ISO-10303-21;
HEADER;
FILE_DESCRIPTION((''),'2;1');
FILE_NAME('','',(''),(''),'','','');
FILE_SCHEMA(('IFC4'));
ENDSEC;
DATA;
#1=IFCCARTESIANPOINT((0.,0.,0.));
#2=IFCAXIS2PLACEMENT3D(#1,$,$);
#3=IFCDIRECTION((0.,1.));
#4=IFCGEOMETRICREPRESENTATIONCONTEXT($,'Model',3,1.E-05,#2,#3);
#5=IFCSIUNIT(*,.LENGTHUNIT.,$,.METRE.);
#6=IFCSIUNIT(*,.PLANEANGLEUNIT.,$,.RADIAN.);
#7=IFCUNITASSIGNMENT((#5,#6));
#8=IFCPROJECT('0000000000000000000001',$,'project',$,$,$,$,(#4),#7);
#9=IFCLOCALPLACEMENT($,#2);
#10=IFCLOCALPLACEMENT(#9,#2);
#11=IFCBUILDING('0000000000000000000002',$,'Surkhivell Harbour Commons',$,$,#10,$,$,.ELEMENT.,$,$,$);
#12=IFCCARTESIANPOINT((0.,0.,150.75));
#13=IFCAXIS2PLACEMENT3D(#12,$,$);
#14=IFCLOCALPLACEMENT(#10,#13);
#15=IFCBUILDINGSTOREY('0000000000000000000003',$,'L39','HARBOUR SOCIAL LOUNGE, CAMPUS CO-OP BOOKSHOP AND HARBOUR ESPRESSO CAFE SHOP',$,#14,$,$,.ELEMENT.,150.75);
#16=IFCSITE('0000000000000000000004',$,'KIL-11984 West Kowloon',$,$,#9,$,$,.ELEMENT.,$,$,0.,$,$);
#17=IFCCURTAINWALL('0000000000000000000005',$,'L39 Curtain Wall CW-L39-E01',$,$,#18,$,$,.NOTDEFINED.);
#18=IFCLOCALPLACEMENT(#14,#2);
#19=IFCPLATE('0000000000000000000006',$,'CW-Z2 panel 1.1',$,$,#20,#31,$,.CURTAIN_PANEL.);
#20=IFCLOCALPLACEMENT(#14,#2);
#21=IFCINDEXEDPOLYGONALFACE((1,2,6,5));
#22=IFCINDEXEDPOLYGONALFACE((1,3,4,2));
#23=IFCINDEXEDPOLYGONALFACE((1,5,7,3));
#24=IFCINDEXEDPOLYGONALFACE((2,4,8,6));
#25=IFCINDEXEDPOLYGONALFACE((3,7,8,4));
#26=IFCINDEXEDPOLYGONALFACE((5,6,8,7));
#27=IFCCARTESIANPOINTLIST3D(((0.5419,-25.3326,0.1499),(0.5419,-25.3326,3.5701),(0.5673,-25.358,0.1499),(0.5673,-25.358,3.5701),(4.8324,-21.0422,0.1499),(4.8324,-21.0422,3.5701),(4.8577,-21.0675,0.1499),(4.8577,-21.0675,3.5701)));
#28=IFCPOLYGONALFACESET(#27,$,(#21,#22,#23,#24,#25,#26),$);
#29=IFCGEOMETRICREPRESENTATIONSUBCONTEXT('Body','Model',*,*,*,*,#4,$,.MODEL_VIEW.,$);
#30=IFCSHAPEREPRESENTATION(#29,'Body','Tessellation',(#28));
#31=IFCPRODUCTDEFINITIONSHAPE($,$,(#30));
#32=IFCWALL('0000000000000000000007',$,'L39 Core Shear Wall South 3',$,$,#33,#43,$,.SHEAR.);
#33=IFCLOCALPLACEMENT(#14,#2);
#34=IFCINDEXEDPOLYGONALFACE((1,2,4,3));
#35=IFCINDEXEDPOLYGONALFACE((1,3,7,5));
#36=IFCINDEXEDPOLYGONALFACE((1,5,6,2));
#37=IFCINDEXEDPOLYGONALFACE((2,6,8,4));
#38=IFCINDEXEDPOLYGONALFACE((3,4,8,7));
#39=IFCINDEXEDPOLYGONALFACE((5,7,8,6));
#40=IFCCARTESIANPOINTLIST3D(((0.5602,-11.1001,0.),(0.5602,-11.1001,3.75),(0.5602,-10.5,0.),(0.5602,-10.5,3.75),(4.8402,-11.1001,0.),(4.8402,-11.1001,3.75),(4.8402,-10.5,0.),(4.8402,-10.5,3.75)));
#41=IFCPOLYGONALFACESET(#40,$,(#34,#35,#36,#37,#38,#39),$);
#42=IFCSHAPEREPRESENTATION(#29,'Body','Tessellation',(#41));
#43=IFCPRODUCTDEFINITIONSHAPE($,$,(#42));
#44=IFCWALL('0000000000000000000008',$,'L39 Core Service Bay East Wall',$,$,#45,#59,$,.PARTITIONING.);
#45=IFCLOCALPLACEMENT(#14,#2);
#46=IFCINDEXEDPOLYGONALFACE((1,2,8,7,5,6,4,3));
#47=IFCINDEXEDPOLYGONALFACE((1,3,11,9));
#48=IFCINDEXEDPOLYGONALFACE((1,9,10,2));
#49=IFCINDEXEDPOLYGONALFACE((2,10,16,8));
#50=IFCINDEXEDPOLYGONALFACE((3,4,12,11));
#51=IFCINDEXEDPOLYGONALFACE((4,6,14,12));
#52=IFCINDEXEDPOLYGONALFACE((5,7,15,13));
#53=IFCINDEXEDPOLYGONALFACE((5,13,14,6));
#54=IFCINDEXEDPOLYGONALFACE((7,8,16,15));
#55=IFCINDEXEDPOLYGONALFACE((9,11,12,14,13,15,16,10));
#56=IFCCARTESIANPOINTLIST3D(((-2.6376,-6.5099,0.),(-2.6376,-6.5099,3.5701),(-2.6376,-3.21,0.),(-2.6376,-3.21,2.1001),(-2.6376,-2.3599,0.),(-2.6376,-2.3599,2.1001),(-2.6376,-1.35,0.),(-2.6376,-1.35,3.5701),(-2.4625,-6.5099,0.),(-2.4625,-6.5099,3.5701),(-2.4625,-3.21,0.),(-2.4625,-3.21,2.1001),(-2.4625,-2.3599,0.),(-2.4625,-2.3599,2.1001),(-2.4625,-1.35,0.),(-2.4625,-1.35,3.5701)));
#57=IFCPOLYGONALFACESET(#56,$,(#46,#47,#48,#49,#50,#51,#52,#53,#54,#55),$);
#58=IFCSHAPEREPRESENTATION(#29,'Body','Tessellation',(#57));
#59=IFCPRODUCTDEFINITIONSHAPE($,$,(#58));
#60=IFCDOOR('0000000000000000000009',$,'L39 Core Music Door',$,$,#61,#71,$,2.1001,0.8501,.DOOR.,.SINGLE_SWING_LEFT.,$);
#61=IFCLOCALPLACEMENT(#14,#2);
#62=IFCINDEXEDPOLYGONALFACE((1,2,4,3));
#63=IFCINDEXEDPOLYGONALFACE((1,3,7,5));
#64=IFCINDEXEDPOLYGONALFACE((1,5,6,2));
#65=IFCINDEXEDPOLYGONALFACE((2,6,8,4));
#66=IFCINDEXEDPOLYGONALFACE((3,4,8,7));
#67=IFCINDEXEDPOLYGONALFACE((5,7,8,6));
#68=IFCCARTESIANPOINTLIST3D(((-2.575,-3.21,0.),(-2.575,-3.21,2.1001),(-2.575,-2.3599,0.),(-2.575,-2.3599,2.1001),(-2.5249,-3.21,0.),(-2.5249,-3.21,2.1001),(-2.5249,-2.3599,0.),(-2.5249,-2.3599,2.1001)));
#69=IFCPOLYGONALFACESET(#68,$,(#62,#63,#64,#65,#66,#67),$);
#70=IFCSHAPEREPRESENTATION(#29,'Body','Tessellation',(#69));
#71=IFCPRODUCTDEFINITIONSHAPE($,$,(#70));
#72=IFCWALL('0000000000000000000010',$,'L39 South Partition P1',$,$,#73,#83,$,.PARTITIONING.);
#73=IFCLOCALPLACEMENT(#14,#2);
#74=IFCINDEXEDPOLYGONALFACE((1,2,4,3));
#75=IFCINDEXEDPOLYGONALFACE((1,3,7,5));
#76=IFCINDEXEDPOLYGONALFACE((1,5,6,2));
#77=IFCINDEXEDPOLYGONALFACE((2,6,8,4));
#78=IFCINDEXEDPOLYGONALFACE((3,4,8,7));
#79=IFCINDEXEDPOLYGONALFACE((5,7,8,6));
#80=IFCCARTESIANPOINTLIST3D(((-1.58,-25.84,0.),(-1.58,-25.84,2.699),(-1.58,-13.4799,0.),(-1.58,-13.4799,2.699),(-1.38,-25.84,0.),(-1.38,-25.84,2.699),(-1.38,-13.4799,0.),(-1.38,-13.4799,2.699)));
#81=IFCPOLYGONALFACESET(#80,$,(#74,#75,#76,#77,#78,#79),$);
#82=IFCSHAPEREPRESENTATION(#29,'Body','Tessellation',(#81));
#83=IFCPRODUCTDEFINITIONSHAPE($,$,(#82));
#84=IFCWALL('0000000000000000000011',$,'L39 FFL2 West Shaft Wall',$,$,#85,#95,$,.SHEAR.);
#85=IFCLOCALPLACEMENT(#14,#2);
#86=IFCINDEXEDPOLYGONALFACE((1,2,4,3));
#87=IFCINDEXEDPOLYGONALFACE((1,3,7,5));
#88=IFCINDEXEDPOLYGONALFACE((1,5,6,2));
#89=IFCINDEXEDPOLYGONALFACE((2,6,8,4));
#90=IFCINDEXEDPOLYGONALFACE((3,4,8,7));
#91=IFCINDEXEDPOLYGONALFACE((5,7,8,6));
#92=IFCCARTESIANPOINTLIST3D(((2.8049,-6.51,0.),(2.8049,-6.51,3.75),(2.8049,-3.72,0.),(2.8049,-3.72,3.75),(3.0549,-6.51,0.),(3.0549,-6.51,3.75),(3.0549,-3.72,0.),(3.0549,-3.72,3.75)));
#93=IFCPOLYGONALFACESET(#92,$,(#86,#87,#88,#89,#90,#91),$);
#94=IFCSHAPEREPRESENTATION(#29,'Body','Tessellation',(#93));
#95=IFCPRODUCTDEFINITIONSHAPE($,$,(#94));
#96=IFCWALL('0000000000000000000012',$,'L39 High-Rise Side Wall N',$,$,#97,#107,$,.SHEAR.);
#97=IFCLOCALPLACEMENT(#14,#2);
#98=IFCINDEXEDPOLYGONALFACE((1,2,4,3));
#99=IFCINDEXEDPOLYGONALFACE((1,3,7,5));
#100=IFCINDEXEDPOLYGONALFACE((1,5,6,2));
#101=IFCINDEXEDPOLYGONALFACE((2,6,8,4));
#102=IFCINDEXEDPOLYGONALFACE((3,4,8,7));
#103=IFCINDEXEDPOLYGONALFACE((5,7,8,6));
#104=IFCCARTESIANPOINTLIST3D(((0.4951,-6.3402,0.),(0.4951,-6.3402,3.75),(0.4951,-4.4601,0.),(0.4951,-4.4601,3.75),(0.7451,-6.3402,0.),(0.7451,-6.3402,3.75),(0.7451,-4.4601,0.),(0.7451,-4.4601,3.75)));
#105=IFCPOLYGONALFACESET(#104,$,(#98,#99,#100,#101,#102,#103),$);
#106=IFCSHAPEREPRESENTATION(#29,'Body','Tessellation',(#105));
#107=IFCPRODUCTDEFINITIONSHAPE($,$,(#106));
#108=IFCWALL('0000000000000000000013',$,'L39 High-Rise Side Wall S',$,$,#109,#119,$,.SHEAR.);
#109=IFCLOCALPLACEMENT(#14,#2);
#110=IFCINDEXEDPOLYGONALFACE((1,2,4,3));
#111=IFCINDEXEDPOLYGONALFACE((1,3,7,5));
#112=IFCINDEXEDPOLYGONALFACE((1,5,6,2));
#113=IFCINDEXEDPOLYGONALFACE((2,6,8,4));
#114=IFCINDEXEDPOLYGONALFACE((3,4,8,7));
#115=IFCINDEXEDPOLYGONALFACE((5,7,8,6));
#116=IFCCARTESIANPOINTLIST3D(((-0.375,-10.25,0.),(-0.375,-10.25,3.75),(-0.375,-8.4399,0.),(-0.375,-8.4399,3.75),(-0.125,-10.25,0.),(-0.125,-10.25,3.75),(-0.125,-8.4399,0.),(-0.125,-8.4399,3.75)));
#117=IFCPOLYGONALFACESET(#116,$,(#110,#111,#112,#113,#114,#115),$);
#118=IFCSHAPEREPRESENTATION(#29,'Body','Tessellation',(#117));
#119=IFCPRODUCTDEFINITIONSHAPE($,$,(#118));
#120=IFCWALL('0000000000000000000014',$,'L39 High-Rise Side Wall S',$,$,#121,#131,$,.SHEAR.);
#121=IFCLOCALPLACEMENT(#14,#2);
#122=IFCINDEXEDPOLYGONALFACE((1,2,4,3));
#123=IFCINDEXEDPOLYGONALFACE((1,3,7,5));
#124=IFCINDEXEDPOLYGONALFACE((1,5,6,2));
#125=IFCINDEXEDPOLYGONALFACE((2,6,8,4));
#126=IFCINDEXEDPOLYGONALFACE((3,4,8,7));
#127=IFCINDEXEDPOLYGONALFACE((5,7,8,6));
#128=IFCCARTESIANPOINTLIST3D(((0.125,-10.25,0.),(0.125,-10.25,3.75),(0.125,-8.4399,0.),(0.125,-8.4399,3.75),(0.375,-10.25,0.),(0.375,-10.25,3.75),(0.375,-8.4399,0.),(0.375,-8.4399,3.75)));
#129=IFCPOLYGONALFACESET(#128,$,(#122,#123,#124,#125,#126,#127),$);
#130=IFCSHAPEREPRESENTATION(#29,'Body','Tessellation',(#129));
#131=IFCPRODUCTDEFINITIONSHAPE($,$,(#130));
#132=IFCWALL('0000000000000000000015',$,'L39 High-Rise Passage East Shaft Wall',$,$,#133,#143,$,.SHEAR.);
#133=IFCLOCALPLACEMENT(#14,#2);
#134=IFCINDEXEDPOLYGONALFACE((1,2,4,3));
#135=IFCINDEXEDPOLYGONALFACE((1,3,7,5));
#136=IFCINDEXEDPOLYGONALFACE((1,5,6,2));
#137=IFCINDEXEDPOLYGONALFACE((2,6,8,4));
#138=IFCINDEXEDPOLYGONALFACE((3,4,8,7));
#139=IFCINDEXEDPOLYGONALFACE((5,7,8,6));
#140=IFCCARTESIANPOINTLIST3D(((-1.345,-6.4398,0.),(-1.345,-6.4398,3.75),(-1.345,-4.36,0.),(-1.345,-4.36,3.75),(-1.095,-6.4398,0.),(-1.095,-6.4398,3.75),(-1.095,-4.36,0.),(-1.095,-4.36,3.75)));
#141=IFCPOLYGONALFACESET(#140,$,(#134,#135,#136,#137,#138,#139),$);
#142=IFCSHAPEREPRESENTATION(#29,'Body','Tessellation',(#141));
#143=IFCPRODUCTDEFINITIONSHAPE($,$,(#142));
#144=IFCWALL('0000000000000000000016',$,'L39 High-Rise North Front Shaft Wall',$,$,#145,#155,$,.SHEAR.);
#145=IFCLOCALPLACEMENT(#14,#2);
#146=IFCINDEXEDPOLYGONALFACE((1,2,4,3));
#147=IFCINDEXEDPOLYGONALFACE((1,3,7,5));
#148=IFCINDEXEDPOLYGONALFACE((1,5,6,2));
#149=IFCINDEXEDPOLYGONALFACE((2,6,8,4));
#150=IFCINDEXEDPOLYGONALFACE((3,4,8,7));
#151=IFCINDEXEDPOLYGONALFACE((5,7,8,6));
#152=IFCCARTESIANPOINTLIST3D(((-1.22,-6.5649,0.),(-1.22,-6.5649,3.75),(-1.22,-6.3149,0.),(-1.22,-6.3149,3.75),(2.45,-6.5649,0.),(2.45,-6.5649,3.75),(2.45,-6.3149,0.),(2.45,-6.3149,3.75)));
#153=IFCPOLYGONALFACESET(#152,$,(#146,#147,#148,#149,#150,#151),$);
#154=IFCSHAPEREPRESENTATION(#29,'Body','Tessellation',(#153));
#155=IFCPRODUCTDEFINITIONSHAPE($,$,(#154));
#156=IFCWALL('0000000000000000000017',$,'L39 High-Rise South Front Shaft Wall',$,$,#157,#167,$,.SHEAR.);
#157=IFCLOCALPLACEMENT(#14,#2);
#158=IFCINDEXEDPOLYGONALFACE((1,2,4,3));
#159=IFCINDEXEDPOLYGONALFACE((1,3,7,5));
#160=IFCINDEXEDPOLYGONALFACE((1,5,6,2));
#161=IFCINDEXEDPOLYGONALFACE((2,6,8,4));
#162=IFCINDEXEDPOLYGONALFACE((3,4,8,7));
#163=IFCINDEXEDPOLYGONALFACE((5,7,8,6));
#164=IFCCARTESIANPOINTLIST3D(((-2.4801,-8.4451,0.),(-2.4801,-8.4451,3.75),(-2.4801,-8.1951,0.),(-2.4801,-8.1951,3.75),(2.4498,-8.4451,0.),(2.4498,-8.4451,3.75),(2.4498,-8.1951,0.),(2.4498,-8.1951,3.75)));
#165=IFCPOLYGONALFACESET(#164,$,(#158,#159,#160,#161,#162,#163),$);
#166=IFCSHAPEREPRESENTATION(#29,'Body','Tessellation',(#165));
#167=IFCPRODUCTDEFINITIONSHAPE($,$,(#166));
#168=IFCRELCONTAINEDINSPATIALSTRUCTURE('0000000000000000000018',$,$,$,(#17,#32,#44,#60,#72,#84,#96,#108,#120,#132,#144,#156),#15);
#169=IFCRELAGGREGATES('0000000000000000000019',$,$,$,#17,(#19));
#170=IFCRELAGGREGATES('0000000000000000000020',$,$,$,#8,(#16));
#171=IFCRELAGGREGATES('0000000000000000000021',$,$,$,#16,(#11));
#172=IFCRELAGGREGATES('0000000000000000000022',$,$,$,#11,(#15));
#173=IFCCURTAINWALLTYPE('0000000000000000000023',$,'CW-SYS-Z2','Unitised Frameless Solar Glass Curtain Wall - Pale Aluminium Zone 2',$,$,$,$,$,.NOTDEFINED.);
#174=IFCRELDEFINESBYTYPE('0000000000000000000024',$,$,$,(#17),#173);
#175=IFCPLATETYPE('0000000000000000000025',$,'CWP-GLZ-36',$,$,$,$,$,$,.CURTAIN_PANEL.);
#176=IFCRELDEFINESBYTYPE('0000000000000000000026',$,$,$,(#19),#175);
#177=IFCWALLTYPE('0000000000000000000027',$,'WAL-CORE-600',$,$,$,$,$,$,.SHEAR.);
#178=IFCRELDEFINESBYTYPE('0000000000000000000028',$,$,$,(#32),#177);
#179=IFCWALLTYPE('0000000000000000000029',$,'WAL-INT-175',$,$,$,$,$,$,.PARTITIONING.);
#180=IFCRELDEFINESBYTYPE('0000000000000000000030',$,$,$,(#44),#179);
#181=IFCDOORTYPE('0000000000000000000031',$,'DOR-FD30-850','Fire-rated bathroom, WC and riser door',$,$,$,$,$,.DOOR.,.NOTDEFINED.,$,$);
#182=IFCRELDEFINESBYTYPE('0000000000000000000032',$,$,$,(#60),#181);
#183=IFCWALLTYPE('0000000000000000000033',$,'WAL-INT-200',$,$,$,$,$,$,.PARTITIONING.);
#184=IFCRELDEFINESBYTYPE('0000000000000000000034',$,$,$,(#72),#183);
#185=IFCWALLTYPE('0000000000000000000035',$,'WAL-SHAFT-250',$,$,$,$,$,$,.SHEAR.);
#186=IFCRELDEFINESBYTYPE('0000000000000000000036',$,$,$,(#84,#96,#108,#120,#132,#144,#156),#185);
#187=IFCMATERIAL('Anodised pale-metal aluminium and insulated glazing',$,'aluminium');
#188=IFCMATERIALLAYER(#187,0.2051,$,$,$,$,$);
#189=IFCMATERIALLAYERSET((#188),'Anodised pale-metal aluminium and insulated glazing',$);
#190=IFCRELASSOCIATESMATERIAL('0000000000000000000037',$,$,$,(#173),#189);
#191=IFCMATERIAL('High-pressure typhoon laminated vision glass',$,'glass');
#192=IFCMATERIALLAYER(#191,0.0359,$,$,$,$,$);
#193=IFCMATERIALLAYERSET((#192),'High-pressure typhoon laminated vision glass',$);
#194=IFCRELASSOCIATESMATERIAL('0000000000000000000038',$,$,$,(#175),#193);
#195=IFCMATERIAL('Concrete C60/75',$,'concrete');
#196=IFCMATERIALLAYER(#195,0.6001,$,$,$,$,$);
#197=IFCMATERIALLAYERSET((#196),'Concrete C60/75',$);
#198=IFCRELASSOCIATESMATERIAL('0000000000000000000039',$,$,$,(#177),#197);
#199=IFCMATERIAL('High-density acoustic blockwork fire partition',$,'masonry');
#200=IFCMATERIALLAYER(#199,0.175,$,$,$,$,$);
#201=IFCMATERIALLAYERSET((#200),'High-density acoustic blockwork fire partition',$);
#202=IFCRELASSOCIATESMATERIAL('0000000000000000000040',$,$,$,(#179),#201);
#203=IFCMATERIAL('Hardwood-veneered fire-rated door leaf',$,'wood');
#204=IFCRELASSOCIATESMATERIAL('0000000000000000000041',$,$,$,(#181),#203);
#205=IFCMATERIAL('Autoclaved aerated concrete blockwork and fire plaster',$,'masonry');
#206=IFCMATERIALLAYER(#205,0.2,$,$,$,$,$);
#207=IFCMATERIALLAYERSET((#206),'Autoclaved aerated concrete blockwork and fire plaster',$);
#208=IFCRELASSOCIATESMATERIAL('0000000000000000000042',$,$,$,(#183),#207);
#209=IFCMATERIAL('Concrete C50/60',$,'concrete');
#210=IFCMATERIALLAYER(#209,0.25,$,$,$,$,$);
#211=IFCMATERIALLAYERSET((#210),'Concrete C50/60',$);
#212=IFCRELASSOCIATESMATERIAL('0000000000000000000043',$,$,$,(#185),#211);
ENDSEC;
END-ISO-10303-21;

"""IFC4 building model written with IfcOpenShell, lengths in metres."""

from ifc_helpers import new_model, si_unit, direction, frame, frame_2d, origin, place, context, subcontext, project, spatial, rectangle, extrude, material, layer, layer_set, type_object, element, fill, aggregate, save


model = new_model("IFC4")

# Units and contexts
model_context = context("Model", 3, precision=1e-05, world=origin(), true_north=direction((0.0, 1.0)))
body_context = subcontext(model_context, "Body", "Model", "MODEL_VIEW")
ifc_project = project(units=[si_unit("LENGTHUNIT", "METRE"), si_unit("PLANEANGLEUNIT", "RADIAN")], contexts=[model_context])

# Site, building, storey
site_placement = place(None, origin())
site = spatial("IfcSite", under=ifc_project, at=site_placement, Name="KIL-11984 West Kowloon", CompositionType="ELEMENT", RefElevation=0.0)
building_placement = place(site_placement, origin())
building = spatial("IfcBuilding", under=site, at=building_placement, Name="Surkhivell Harbour Commons", CompositionType="ELEMENT")
storey_placement = place(building_placement, frame((0.0, 0.0, 150.75)))
storey = spatial("IfcBuildingStorey", under=building, at=storey_placement, Name="L39", Description="HARBOUR SOCIAL LOUNGE, CAMPUS CO-OP BOOKSHOP AND HARBOUR ESPRESSO CAFE SHOP", CompositionType="ELEMENT", Elevation=150.75)

# Shared definitions
ifc_material_1 = material(Name="Concrete C60/75", Category="concrete")

# Shared definitions
ifc_material_2 = material(Name="Anodised pale-metal aluminium and insulated glazing", Category="aluminium")
ifc_layer_1 = layer(ifc_material_2, 0.2051)
ifc_layer_set_1 = layer_set([ifc_layer_1], Name="Anodised pale-metal aluminium and insulated glazing")
curtain_wall_type = type_object("IfcCurtainWallType", Name="CW-SYS-Z2", Description="Unitised Frameless Solar Glass Curtain Wall - Pale Aluminium Zone 2", PredefinedType="NOTDEFINED", material=ifc_layer_set_1)

# Curtain wall, plate
curtain_wall_1_placement = place(storey_placement, origin())
curtain_wall_1 = element("IfcCurtainWall", 1, at=curtain_wall_1_placement, inside=storey, type_object=curtain_wall_type, Name="L39 Curtain Wall CW-L39-E01", PredefinedType="NOTDEFINED")
ifc_material_3 = material(Name="High-pressure typhoon laminated vision glass", Category="glass")
ifc_layer_2 = layer(ifc_material_3, 0.0359)
ifc_layer_set_2 = layer_set([ifc_layer_2], Name="High-pressure typhoon laminated vision glass")
plate_type = type_object("IfcPlateType", Name="CWP-GLZ-36", PredefinedType="CURTAIN_PANEL", material=ifc_layer_set_2)
plate_placement = place(storey_placement, frame((0.5547, -25.3452, 0.1499), z_axis=(0.0, 0.0, 1.0), x_axis=(0.707107, 0.707107, 0.0)))
plate = element("IfcPlate", 2, at=plate_placement, type_object=plate_type, Name="CW-Z2 panel 1.1", PredefinedType="CURTAIN_PANEL", context=body_context, shape_type="SweptSolid", body=[
    extrude(rectangle(XDim=6.0676, YDim=0.0359, at=frame_2d((3.0337, 0.0))), origin(), (0.0, 0.0, 1.0), 3.4202),
])
aggregate(curtain_wall_1, [plate])

# Wall
ifc_layer_3 = layer(ifc_material_1, 0.6001)
ifc_layer_set_3 = layer_set([ifc_layer_3], Name="Concrete C60/75")
wall_type_1 = type_object("IfcWallType", Name="WAL-CORE-600", PredefinedType="SHEAR", material=ifc_layer_set_3)
wall_1_placement = place(storey_placement, frame((0.5601, -10.8, 0.0), z_axis=(0.0, 0.0, 1.0), x_axis=(1.0, 0.0, 0.0)))
element("IfcWall", 3, at=wall_1_placement, inside=storey, type_object=wall_type_1, Name="L39 Core Shear Wall South 3", PredefinedType="SHEAR", context=body_context, shape_type="SweptSolid", body=[
    extrude(rectangle(XDim=4.28, YDim=0.6001, at=frame_2d((2.1401, 0.0))), origin(), (0.0, 0.0, 1.0), 3.75),
])

# Wall, opening, door
ifc_material_4 = material(Name="High-density acoustic blockwork fire partition", Category="masonry")
ifc_layer_4 = layer(ifc_material_4, 0.175)
ifc_layer_set_4 = layer_set([ifc_layer_4], Name="High-density acoustic blockwork fire partition")
wall_type_2 = type_object("IfcWallType", Name="WAL-INT-175", PredefinedType="PARTITIONING", material=ifc_layer_set_4)
wall_2_placement = place(storey_placement, frame((-2.55, -6.51, 0.0), z_axis=(0.0, 0.0, 1.0), x_axis=(0.0, 1.0, 0.0)))
wall_2 = element("IfcWall", 4, at=wall_2_placement, inside=storey, type_object=wall_type_2, Name="L39 Core Service Bay East Wall", PredefinedType="PARTITIONING", context=body_context, shape_type="SweptSolid", body=[
    extrude(rectangle(XDim=5.1599, YDim=0.175, at=frame_2d((2.5801, 0.0))), origin(), (0.0, 0.0, 1.0), 3.5701),
])
opening_1_placement = place(wall_2_placement, frame((3.3, 0.0, 0.0)))
opening_1 = element("IfcOpeningElement", 5, at=opening_1_placement, cuts=wall_2, PredefinedType="OPENING", context=body_context, shape_type="SweptSolid", body=[
    extrude(rectangle(XDim=0.8501, YDim=2.1001, at=frame_2d((0.425, 1.05))), frame((0.0, 0.0974, 0.0), z_axis=(0.0, -1.0, 0.0), x_axis=(1.0, 0.0, 0.0)), (0.0, 0.0, 1.0), 0.1951),
])
ifc_material_5 = material(Name="Hardwood-veneered fire-rated door leaf", Category="wood")
door_type_1 = type_object("IfcDoorType", Name="DOR-FD30-850", Description="Fire-rated bathroom, WC and riser door", OperationType="NOTDEFINED", PredefinedType="DOOR", material=ifc_material_5)
door_1_placement = place(opening_1_placement, origin())
door_1 = element("IfcDoor", 6, at=door_1_placement, inside=storey, type_object=door_type_1, Name="L39 Core Music Door", OperationType="SINGLE_SWING_LEFT", OverallHeight=2.1001, OverallWidth=0.8501, PredefinedType="DOOR", context=body_context, shape_type="SweptSolid", body=[
    extrude(rectangle(XDim=0.8501, YDim=2.1001, at=frame_2d((0.425, 1.05))), frame((0.0, 0.0249, 0.0), z_axis=(0.0, -1.0, 0.0), x_axis=(1.0, 0.0, 0.0)), (0.0, 0.0, 1.0), 0.05),
])
fill(opening_1, door_1)

# Walls
ifc_material_6 = material(Name="Autoclaved aerated concrete blockwork and fire plaster", Category="masonry")
ifc_layer_5 = layer(ifc_material_6, 0.2)
ifc_layer_set_5 = layer_set([ifc_layer_5], Name="Autoclaved aerated concrete blockwork and fire plaster")
wall_type_3 = type_object("IfcWallType", Name="WAL-INT-200", PredefinedType="PARTITIONING", material=ifc_layer_set_5)
wall_3_placement = place(storey_placement, frame((-1.48, -25.8401, 0.0), z_axis=(0.0, 0.0, 1.0), x_axis=(0.0, 1.0, 0.0)))
element("IfcWall", 7, at=wall_3_placement, inside=storey, type_object=wall_type_3, Name="L39 South Partition P1", PredefinedType="PARTITIONING", context=body_context, shape_type="SweptSolid", body=[
    extrude(rectangle(XDim=12.3601, YDim=0.2, at=frame_2d((6.1802, 0.0))), origin(), (0.0, 0.0, 1.0), 2.699),
])
ifc_material_7 = material(Name="Concrete C50/60", Category="concrete")
ifc_layer_6 = layer(ifc_material_7, 0.25)
ifc_layer_set_6 = layer_set([ifc_layer_6], Name="Concrete C50/60")
wall_type_4 = type_object("IfcWallType", Name="WAL-SHAFT-250", PredefinedType="SHEAR", material=ifc_layer_set_6)
wall_4_placement = place(storey_placement, frame((2.9299, -6.51, 0.0), z_axis=(0.0, 0.0, 1.0), x_axis=(0.0, 1.0, 0.0)))
element("IfcWall", 8, at=wall_4_placement, inside=storey, type_object=wall_type_4, Name="L39 FFL2 West Shaft Wall", PredefinedType="SHEAR", context=body_context, shape_type="SweptSolid", body=[
    extrude(rectangle(XDim=2.79, YDim=0.25, at=frame_2d((1.395, 0.0))), origin(), (0.0, 0.0, 1.0), 3.75),
])
wall_5_placement = place(storey_placement, frame((0.6201, -6.3401, 0.0), z_axis=(0.0, 0.0, 1.0), x_axis=(0.0, 1.0, 0.0)))
element("IfcWall", 9, at=wall_5_placement, inside=storey, type_object=wall_type_4, Name="L39 High-Rise Side Wall N", PredefinedType="SHEAR", context=body_context, shape_type="SweptSolid", body=[
    extrude(rectangle(XDim=1.8801, YDim=0.25, at=frame_2d((0.9399, 0.0))), origin(), (0.0, 0.0, 1.0), 3.75),
])
for number, where, z_axis, x_axis, name in (
    (10, (-0.25, -10.25, 0.0), (0.0, 0.0, 1.0), (0.0, 1.0, 0.0), "L39 High-Rise Side Wall S"),
    (11, (0.25, -10.25, 0.0), (0.0, 0.0, 1.0), (0.0, 1.0, 0.0), "L39 High-Rise Side Wall S"),
):
    element("IfcWall", number, at=place(storey_placement, frame(where, z_axis=z_axis, x_axis=x_axis)), inside=storey, type_object=wall_type_4, Name=name, PredefinedType="SHEAR", context=body_context, shape_type="SweptSolid", body=[
        extrude(rectangle(XDim=1.8101, YDim=0.25, at=frame_2d((0.905, 0.0))), origin(), (0.0, 0.0, 1.0), 3.75),
    ])
wall_6_placement = place(storey_placement, frame((-1.22, -6.4399, 0.0), z_axis=(0.0, 0.0, 1.0), x_axis=(0.0, 1.0, 0.0)))
element("IfcWall", 12, at=wall_6_placement, inside=storey, type_object=wall_type_4, Name="L39 High-Rise Passage East Shaft Wall", PredefinedType="SHEAR", context=body_context, shape_type="SweptSolid", body=[
    extrude(rectangle(XDim=2.0798, YDim=0.25, at=frame_2d((1.04, 0.0))), origin(), (0.0, 0.0, 1.0), 3.75),
])
wall_7_placement = place(storey_placement, frame((-1.22, -6.4399, 0.0), z_axis=(0.0, 0.0, 1.0), x_axis=(1.0, 0.0, 0.0)))
element("IfcWall", 13, at=wall_7_placement, inside=storey, type_object=wall_type_4, Name="L39 High-Rise North Front Shaft Wall", PredefinedType="SHEAR", context=body_context, shape_type="SweptSolid", body=[
    extrude(rectangle(XDim=3.6699, YDim=0.25, at=frame_2d((1.835, 0.0))), origin(), (0.0, 0.0, 1.0), 3.75),
])
wall_8_placement = place(storey_placement, frame((-2.48, -8.3201, 0.0), z_axis=(0.0, 0.0, 1.0), x_axis=(1.0, 0.0, 0.0)))
element("IfcWall", 14, at=wall_8_placement, inside=storey, type_object=wall_type_4, Name="L39 High-Rise South Front Shaft Wall", PredefinedType="SHEAR", context=body_context, shape_type="SweptSolid", body=[
    extrude(rectangle(XDim=4.9299, YDim=0.25, at=frame_2d((2.4648, 0.0))), origin(), (0.0, 0.0, 1.0), 3.75),
])

save(model, "model.ifc")
